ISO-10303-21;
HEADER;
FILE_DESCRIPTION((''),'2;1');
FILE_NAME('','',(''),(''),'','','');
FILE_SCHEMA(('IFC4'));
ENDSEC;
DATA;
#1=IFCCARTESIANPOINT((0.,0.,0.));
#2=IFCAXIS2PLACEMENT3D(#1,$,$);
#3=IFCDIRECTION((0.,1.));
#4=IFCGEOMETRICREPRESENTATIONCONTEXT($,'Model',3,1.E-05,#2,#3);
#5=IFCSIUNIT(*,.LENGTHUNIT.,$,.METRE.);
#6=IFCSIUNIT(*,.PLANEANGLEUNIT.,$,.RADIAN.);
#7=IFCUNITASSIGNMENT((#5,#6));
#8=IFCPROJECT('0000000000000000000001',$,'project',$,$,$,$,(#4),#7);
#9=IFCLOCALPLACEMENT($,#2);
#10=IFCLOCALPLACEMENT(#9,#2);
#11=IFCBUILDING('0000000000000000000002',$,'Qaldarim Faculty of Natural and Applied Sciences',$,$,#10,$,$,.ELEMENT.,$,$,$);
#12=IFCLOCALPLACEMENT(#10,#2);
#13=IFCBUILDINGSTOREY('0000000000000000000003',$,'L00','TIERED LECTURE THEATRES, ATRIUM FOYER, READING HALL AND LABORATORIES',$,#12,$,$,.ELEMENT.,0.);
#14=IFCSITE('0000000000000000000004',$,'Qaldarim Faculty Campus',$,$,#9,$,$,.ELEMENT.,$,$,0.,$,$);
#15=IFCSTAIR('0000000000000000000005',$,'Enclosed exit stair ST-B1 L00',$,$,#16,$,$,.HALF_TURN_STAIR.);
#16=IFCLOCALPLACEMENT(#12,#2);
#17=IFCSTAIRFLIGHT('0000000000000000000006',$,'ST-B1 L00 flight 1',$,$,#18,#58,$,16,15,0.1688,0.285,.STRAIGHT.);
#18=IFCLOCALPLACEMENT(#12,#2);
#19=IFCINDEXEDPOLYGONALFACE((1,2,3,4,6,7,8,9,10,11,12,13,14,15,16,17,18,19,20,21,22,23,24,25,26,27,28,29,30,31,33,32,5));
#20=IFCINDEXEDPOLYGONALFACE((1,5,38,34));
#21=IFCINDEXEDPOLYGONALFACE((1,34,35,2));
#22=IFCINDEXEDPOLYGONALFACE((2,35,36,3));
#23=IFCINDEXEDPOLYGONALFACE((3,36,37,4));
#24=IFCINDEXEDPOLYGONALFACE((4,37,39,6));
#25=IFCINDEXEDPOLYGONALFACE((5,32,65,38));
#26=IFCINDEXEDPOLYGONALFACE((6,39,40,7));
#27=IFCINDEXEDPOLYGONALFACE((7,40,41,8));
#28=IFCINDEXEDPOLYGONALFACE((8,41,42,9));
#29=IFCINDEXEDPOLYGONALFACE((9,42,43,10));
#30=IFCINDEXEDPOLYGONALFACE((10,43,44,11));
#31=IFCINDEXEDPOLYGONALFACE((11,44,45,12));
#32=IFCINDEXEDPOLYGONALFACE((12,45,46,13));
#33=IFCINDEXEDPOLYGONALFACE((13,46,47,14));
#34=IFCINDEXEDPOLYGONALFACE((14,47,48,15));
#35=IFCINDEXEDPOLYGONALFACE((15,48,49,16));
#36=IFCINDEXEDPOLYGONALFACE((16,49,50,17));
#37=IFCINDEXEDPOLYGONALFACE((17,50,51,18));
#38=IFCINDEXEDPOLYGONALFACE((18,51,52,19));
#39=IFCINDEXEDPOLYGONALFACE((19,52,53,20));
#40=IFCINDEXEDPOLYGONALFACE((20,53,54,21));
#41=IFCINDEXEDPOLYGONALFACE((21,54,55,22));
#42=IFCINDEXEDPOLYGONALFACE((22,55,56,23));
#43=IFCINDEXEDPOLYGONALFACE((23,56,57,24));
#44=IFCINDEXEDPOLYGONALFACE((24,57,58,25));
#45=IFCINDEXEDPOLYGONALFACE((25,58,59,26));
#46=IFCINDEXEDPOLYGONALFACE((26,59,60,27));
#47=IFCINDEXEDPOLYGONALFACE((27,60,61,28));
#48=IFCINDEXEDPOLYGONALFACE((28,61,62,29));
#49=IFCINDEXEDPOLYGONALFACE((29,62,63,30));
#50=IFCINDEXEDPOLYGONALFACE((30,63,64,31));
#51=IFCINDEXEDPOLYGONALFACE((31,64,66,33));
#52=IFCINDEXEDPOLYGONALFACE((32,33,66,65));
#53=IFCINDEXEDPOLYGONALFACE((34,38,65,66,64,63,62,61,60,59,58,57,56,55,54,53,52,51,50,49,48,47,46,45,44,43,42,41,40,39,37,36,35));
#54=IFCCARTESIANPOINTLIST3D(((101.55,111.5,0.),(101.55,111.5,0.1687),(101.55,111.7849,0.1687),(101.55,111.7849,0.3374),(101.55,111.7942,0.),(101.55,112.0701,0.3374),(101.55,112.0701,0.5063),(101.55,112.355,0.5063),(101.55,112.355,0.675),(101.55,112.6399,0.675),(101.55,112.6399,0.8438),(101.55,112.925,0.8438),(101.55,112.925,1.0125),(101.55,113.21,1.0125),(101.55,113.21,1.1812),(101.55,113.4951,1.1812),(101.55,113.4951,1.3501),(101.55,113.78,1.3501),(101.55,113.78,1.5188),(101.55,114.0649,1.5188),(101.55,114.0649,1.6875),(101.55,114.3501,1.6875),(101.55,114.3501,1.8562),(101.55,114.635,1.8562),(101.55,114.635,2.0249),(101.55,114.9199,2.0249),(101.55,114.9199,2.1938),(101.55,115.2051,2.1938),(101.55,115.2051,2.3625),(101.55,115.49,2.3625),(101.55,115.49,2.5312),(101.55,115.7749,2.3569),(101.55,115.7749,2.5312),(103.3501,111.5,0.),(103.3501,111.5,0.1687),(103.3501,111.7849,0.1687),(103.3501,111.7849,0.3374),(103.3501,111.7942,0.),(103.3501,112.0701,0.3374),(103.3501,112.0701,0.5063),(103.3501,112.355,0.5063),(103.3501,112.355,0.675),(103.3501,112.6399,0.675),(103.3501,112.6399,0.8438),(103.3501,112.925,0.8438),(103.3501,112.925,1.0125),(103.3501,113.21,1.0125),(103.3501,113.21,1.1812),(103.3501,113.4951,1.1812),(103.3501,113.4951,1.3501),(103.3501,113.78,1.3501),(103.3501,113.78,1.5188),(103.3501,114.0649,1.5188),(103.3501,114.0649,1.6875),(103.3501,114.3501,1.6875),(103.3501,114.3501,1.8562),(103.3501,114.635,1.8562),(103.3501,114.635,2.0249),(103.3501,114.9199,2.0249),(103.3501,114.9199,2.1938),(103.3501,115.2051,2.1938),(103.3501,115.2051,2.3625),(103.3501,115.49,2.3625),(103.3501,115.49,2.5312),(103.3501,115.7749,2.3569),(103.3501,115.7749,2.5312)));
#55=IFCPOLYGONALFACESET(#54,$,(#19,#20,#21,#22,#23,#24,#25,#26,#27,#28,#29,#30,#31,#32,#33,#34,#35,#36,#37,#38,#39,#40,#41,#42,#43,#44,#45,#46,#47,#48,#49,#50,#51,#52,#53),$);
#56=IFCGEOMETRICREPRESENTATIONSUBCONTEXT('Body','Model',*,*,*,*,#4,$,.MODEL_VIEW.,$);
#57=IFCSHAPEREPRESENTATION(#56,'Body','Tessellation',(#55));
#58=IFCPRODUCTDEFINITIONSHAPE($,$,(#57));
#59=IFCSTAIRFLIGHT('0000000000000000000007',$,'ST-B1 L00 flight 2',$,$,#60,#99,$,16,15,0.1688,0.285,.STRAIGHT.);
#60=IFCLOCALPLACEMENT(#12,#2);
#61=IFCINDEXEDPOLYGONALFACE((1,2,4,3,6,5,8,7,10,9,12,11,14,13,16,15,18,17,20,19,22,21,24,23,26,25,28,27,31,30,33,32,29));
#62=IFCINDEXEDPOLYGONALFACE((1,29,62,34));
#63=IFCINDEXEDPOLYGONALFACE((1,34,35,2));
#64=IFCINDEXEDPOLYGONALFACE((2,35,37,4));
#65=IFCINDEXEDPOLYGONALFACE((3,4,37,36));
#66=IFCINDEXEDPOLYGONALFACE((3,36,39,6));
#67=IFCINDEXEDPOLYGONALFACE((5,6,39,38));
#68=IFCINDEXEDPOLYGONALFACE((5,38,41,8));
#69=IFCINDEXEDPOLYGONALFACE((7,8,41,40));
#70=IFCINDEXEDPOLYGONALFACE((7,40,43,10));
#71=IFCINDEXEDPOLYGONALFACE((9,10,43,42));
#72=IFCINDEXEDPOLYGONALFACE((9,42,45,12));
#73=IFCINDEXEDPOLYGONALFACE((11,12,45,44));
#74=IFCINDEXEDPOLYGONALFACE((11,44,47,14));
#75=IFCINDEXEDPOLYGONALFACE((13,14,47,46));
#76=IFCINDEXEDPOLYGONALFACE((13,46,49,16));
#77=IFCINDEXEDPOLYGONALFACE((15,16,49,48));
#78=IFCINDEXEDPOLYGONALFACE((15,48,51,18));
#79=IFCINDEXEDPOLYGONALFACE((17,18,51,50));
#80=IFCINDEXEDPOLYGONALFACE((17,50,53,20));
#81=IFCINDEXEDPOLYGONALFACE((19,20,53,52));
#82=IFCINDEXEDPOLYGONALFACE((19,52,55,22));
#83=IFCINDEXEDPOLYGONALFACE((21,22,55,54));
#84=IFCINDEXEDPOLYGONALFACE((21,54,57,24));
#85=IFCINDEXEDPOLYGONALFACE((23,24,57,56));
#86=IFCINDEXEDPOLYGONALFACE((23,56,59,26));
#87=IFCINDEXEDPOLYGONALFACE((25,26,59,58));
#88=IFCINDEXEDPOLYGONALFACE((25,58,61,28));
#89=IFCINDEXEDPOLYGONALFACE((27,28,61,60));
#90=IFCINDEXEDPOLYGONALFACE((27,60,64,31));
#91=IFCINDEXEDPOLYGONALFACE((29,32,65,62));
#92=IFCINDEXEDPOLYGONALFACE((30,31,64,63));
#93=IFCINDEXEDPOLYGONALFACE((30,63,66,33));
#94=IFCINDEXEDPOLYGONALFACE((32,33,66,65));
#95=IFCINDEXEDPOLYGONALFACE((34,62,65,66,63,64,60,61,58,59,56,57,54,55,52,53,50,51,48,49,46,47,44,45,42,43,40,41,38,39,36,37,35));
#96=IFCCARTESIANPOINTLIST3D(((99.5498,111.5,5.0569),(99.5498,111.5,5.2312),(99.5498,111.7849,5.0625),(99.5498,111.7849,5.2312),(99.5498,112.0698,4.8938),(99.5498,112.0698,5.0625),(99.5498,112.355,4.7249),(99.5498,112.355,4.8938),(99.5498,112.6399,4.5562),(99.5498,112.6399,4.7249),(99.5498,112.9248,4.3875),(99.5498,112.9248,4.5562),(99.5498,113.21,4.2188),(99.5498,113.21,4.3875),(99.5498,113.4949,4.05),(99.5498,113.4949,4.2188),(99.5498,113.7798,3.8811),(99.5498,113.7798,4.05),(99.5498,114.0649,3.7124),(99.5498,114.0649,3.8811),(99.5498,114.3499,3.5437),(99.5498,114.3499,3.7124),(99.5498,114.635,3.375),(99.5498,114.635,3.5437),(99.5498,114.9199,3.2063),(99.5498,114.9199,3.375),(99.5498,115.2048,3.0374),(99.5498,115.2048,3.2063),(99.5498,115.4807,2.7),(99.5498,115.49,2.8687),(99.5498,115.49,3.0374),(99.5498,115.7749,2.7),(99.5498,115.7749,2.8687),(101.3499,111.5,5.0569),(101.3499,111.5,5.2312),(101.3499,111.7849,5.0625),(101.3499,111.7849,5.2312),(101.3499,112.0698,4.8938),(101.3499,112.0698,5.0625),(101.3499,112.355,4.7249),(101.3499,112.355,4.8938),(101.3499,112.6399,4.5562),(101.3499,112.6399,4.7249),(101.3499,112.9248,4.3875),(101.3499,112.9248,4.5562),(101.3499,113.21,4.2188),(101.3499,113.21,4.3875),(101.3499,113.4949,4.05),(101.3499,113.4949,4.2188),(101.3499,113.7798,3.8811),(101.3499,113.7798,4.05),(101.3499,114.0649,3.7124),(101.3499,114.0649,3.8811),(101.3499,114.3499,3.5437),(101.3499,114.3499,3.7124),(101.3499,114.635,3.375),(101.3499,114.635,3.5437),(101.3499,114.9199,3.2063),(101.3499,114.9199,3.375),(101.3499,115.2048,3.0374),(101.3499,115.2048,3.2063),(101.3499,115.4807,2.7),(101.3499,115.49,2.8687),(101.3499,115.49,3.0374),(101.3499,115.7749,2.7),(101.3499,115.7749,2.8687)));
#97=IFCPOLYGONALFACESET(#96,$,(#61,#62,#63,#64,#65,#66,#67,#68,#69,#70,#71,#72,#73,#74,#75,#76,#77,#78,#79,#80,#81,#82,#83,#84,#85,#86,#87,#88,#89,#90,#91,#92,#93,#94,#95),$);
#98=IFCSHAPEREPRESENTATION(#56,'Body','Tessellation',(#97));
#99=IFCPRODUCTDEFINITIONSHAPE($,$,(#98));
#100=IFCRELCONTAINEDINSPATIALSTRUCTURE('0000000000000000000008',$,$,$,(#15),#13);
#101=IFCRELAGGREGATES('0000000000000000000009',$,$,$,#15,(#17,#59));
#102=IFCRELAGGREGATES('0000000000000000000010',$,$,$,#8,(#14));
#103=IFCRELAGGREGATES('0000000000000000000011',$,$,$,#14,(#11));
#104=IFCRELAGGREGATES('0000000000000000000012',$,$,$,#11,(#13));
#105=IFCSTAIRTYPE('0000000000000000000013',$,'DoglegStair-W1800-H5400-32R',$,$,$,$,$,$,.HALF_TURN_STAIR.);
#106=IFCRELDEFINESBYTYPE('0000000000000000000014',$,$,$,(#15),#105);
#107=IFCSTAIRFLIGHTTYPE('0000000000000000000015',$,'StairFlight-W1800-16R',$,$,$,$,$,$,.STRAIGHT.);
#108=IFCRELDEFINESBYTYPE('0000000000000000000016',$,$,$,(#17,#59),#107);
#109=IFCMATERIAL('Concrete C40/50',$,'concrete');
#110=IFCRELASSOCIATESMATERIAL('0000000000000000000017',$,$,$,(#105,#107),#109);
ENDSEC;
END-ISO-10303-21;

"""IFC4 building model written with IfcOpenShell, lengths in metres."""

from ifc_helpers import new_model, si_unit, direction, frame, origin, place, context, subcontext, project, spatial, polyline, outline, extrude, material, type_object, element, aggregate, save


model = new_model("IFC4")

# Units and contexts
model_context = context("Model", 3, precision=1e-05, world=origin(), true_north=direction((0.0, 1.0)))
body_context = subcontext(model_context, "Body", "Model", "MODEL_VIEW")
ifc_project = project(units=[si_unit("LENGTHUNIT", "METRE"), si_unit("PLANEANGLEUNIT", "RADIAN")], contexts=[model_context])

# Site, building, storey
site_placement = place(None, origin())
site = spatial("IfcSite", under=ifc_project, at=site_placement, Name="Qaldarim Faculty Campus", CompositionType="ELEMENT", RefElevation=0.0)
building_placement = place(site_placement, origin())
building = spatial("IfcBuilding", under=site, at=building_placement, Name="Qaldarim Faculty of Natural and Applied Sciences", CompositionType="ELEMENT")
storey_placement = place(building_placement, origin())
storey = spatial("IfcBuildingStorey", under=building, at=storey_placement, Name="L00", Description="TIERED LECTURE THEATRES, ATRIUM FOYER, READING HALL AND LABORATORIES", CompositionType="ELEMENT", Elevation=0.0)

# Shared definitions
ifc_material_1 = material(Name="Concrete C40/50", Category="concrete")

# Stair, stair flights
stair_type = type_object("IfcStairType", Name="DoglegStair-W1800-H5400-32R", PredefinedType="HALF_TURN_STAIR", material=ifc_material_1)
stair_placement = place(storey_placement, origin())
stair = element("IfcStair", 1, at=stair_placement, inside=storey, type_object=stair_type, Name="Enclosed exit stair ST-B1 L00", PredefinedType="HALF_TURN_STAIR")
stair_flight_type = type_object("IfcStairFlightType", Name="StairFlight-W1800-16R", PredefinedType="STRAIGHT", material=ifc_material_1)
stair_flight_1_placement = place(storey_placement, frame((102.45, 111.5, 0.0), z_axis=(0.0, 0.0, 1.0), x_axis=(0.0, 1.0, 0.0)))
stair_flight_1 = element("IfcStairFlight", 2, at=stair_flight_1_placement, type_object=stair_flight_type, Name="ST-B1 L00 flight 1", NumberOfRisers=16, NumberOfTreads=15, PredefinedType="STRAIGHT", RiserHeight=0.1688, TreadLength=0.285, context=body_context, shape_type="SweptSolid", body=[
    extrude(outline(polyline([(0.0, 0.0), (0.0, 0.1687), (0.2849, 0.1687), (0.2849, 0.3374), (0.5701, 0.3374), (0.5701, 0.5063), (0.855, 0.5063), (0.855, 0.675), (1.1399, 0.675), (1.1399, 0.8438), (1.425, 0.8438), (1.425, 1.0125), (1.71, 1.0125), (1.71, 1.1812), (1.9951, 1.1812), (1.9951, 1.3501), (2.28, 1.3501), (2.28, 1.5188), (2.5649, 1.5188), (2.5649, 1.6875), (2.8501, 1.6875), (2.8501, 1.8562), (3.135, 1.8562), (3.135, 2.0249), (3.4199, 2.0249), (3.4199, 2.1938), (3.7051, 2.1938), (3.7051, 2.3625), (3.99, 2.3625), (3.99, 2.5312), (4.2749, 2.5312), (4.2749, 2.7), (4.2749, 2.3569), (0.2942, 0.0), (0.0, 0.0)])), frame((0.0, 0.8999, 0.0), z_axis=(0.0, -1.0, 0.0), x_axis=(1.0, 0.0, 0.0)), (0.0, 0.0, 1.0), 1.8),
])
stair_flight_2_placement = place(storey_placement, frame((100.45, 115.7749, 2.7), z_axis=(0.0, 0.0, 1.0), x_axis=(0.0, -1.0, 0.0)))
stair_flight_2 = element("IfcStairFlight", 3, at=stair_flight_2_placement, type_object=stair_flight_type, Name="ST-B1 L00 flight 2", NumberOfRisers=16, NumberOfTreads=15, PredefinedType="STRAIGHT", RiserHeight=0.1688, TreadLength=0.285, context=body_context, shape_type="SweptSolid", body=[
    extrude(outline(polyline([(0.0, 0.0), (0.0, 0.1687), (0.2849, 0.1687), (0.2849, 0.3374), (0.5701, 0.3374), (0.5701, 0.5063), (0.855, 0.5063), (0.855, 0.675), (1.1399, 0.675), (1.1399, 0.8438), (1.425, 0.8438), (1.425, 1.0125), (1.71, 1.0125), (1.71, 1.1812), (1.9951, 1.1812), (1.9951, 1.3501), (2.28, 1.3501), (2.28, 1.5188), (2.5649, 1.5188), (2.5649, 1.6875), (2.8501, 1.6875), (2.8501, 1.8562), (3.135, 1.8562), (3.135, 2.0249), (3.4199, 2.0249), (3.4199, 2.1938), (3.7051, 2.1938), (3.7051, 2.3625), (3.99, 2.3625), (3.99, 2.5312), (4.2749, 2.5312), (4.2749, 2.7), (4.2749, 2.3569), (0.2942, 0.0), (0.0, 0.0)])), frame((0.0, 0.8999, 0.0), z_axis=(0.0, -1.0, 0.0), x_axis=(1.0, 0.0, 0.0)), (0.0, 0.0, 1.0), 1.8),
])
aggregate(stair, [stair_flight_1, stair_flight_2])

save(model, "model.ifc")
